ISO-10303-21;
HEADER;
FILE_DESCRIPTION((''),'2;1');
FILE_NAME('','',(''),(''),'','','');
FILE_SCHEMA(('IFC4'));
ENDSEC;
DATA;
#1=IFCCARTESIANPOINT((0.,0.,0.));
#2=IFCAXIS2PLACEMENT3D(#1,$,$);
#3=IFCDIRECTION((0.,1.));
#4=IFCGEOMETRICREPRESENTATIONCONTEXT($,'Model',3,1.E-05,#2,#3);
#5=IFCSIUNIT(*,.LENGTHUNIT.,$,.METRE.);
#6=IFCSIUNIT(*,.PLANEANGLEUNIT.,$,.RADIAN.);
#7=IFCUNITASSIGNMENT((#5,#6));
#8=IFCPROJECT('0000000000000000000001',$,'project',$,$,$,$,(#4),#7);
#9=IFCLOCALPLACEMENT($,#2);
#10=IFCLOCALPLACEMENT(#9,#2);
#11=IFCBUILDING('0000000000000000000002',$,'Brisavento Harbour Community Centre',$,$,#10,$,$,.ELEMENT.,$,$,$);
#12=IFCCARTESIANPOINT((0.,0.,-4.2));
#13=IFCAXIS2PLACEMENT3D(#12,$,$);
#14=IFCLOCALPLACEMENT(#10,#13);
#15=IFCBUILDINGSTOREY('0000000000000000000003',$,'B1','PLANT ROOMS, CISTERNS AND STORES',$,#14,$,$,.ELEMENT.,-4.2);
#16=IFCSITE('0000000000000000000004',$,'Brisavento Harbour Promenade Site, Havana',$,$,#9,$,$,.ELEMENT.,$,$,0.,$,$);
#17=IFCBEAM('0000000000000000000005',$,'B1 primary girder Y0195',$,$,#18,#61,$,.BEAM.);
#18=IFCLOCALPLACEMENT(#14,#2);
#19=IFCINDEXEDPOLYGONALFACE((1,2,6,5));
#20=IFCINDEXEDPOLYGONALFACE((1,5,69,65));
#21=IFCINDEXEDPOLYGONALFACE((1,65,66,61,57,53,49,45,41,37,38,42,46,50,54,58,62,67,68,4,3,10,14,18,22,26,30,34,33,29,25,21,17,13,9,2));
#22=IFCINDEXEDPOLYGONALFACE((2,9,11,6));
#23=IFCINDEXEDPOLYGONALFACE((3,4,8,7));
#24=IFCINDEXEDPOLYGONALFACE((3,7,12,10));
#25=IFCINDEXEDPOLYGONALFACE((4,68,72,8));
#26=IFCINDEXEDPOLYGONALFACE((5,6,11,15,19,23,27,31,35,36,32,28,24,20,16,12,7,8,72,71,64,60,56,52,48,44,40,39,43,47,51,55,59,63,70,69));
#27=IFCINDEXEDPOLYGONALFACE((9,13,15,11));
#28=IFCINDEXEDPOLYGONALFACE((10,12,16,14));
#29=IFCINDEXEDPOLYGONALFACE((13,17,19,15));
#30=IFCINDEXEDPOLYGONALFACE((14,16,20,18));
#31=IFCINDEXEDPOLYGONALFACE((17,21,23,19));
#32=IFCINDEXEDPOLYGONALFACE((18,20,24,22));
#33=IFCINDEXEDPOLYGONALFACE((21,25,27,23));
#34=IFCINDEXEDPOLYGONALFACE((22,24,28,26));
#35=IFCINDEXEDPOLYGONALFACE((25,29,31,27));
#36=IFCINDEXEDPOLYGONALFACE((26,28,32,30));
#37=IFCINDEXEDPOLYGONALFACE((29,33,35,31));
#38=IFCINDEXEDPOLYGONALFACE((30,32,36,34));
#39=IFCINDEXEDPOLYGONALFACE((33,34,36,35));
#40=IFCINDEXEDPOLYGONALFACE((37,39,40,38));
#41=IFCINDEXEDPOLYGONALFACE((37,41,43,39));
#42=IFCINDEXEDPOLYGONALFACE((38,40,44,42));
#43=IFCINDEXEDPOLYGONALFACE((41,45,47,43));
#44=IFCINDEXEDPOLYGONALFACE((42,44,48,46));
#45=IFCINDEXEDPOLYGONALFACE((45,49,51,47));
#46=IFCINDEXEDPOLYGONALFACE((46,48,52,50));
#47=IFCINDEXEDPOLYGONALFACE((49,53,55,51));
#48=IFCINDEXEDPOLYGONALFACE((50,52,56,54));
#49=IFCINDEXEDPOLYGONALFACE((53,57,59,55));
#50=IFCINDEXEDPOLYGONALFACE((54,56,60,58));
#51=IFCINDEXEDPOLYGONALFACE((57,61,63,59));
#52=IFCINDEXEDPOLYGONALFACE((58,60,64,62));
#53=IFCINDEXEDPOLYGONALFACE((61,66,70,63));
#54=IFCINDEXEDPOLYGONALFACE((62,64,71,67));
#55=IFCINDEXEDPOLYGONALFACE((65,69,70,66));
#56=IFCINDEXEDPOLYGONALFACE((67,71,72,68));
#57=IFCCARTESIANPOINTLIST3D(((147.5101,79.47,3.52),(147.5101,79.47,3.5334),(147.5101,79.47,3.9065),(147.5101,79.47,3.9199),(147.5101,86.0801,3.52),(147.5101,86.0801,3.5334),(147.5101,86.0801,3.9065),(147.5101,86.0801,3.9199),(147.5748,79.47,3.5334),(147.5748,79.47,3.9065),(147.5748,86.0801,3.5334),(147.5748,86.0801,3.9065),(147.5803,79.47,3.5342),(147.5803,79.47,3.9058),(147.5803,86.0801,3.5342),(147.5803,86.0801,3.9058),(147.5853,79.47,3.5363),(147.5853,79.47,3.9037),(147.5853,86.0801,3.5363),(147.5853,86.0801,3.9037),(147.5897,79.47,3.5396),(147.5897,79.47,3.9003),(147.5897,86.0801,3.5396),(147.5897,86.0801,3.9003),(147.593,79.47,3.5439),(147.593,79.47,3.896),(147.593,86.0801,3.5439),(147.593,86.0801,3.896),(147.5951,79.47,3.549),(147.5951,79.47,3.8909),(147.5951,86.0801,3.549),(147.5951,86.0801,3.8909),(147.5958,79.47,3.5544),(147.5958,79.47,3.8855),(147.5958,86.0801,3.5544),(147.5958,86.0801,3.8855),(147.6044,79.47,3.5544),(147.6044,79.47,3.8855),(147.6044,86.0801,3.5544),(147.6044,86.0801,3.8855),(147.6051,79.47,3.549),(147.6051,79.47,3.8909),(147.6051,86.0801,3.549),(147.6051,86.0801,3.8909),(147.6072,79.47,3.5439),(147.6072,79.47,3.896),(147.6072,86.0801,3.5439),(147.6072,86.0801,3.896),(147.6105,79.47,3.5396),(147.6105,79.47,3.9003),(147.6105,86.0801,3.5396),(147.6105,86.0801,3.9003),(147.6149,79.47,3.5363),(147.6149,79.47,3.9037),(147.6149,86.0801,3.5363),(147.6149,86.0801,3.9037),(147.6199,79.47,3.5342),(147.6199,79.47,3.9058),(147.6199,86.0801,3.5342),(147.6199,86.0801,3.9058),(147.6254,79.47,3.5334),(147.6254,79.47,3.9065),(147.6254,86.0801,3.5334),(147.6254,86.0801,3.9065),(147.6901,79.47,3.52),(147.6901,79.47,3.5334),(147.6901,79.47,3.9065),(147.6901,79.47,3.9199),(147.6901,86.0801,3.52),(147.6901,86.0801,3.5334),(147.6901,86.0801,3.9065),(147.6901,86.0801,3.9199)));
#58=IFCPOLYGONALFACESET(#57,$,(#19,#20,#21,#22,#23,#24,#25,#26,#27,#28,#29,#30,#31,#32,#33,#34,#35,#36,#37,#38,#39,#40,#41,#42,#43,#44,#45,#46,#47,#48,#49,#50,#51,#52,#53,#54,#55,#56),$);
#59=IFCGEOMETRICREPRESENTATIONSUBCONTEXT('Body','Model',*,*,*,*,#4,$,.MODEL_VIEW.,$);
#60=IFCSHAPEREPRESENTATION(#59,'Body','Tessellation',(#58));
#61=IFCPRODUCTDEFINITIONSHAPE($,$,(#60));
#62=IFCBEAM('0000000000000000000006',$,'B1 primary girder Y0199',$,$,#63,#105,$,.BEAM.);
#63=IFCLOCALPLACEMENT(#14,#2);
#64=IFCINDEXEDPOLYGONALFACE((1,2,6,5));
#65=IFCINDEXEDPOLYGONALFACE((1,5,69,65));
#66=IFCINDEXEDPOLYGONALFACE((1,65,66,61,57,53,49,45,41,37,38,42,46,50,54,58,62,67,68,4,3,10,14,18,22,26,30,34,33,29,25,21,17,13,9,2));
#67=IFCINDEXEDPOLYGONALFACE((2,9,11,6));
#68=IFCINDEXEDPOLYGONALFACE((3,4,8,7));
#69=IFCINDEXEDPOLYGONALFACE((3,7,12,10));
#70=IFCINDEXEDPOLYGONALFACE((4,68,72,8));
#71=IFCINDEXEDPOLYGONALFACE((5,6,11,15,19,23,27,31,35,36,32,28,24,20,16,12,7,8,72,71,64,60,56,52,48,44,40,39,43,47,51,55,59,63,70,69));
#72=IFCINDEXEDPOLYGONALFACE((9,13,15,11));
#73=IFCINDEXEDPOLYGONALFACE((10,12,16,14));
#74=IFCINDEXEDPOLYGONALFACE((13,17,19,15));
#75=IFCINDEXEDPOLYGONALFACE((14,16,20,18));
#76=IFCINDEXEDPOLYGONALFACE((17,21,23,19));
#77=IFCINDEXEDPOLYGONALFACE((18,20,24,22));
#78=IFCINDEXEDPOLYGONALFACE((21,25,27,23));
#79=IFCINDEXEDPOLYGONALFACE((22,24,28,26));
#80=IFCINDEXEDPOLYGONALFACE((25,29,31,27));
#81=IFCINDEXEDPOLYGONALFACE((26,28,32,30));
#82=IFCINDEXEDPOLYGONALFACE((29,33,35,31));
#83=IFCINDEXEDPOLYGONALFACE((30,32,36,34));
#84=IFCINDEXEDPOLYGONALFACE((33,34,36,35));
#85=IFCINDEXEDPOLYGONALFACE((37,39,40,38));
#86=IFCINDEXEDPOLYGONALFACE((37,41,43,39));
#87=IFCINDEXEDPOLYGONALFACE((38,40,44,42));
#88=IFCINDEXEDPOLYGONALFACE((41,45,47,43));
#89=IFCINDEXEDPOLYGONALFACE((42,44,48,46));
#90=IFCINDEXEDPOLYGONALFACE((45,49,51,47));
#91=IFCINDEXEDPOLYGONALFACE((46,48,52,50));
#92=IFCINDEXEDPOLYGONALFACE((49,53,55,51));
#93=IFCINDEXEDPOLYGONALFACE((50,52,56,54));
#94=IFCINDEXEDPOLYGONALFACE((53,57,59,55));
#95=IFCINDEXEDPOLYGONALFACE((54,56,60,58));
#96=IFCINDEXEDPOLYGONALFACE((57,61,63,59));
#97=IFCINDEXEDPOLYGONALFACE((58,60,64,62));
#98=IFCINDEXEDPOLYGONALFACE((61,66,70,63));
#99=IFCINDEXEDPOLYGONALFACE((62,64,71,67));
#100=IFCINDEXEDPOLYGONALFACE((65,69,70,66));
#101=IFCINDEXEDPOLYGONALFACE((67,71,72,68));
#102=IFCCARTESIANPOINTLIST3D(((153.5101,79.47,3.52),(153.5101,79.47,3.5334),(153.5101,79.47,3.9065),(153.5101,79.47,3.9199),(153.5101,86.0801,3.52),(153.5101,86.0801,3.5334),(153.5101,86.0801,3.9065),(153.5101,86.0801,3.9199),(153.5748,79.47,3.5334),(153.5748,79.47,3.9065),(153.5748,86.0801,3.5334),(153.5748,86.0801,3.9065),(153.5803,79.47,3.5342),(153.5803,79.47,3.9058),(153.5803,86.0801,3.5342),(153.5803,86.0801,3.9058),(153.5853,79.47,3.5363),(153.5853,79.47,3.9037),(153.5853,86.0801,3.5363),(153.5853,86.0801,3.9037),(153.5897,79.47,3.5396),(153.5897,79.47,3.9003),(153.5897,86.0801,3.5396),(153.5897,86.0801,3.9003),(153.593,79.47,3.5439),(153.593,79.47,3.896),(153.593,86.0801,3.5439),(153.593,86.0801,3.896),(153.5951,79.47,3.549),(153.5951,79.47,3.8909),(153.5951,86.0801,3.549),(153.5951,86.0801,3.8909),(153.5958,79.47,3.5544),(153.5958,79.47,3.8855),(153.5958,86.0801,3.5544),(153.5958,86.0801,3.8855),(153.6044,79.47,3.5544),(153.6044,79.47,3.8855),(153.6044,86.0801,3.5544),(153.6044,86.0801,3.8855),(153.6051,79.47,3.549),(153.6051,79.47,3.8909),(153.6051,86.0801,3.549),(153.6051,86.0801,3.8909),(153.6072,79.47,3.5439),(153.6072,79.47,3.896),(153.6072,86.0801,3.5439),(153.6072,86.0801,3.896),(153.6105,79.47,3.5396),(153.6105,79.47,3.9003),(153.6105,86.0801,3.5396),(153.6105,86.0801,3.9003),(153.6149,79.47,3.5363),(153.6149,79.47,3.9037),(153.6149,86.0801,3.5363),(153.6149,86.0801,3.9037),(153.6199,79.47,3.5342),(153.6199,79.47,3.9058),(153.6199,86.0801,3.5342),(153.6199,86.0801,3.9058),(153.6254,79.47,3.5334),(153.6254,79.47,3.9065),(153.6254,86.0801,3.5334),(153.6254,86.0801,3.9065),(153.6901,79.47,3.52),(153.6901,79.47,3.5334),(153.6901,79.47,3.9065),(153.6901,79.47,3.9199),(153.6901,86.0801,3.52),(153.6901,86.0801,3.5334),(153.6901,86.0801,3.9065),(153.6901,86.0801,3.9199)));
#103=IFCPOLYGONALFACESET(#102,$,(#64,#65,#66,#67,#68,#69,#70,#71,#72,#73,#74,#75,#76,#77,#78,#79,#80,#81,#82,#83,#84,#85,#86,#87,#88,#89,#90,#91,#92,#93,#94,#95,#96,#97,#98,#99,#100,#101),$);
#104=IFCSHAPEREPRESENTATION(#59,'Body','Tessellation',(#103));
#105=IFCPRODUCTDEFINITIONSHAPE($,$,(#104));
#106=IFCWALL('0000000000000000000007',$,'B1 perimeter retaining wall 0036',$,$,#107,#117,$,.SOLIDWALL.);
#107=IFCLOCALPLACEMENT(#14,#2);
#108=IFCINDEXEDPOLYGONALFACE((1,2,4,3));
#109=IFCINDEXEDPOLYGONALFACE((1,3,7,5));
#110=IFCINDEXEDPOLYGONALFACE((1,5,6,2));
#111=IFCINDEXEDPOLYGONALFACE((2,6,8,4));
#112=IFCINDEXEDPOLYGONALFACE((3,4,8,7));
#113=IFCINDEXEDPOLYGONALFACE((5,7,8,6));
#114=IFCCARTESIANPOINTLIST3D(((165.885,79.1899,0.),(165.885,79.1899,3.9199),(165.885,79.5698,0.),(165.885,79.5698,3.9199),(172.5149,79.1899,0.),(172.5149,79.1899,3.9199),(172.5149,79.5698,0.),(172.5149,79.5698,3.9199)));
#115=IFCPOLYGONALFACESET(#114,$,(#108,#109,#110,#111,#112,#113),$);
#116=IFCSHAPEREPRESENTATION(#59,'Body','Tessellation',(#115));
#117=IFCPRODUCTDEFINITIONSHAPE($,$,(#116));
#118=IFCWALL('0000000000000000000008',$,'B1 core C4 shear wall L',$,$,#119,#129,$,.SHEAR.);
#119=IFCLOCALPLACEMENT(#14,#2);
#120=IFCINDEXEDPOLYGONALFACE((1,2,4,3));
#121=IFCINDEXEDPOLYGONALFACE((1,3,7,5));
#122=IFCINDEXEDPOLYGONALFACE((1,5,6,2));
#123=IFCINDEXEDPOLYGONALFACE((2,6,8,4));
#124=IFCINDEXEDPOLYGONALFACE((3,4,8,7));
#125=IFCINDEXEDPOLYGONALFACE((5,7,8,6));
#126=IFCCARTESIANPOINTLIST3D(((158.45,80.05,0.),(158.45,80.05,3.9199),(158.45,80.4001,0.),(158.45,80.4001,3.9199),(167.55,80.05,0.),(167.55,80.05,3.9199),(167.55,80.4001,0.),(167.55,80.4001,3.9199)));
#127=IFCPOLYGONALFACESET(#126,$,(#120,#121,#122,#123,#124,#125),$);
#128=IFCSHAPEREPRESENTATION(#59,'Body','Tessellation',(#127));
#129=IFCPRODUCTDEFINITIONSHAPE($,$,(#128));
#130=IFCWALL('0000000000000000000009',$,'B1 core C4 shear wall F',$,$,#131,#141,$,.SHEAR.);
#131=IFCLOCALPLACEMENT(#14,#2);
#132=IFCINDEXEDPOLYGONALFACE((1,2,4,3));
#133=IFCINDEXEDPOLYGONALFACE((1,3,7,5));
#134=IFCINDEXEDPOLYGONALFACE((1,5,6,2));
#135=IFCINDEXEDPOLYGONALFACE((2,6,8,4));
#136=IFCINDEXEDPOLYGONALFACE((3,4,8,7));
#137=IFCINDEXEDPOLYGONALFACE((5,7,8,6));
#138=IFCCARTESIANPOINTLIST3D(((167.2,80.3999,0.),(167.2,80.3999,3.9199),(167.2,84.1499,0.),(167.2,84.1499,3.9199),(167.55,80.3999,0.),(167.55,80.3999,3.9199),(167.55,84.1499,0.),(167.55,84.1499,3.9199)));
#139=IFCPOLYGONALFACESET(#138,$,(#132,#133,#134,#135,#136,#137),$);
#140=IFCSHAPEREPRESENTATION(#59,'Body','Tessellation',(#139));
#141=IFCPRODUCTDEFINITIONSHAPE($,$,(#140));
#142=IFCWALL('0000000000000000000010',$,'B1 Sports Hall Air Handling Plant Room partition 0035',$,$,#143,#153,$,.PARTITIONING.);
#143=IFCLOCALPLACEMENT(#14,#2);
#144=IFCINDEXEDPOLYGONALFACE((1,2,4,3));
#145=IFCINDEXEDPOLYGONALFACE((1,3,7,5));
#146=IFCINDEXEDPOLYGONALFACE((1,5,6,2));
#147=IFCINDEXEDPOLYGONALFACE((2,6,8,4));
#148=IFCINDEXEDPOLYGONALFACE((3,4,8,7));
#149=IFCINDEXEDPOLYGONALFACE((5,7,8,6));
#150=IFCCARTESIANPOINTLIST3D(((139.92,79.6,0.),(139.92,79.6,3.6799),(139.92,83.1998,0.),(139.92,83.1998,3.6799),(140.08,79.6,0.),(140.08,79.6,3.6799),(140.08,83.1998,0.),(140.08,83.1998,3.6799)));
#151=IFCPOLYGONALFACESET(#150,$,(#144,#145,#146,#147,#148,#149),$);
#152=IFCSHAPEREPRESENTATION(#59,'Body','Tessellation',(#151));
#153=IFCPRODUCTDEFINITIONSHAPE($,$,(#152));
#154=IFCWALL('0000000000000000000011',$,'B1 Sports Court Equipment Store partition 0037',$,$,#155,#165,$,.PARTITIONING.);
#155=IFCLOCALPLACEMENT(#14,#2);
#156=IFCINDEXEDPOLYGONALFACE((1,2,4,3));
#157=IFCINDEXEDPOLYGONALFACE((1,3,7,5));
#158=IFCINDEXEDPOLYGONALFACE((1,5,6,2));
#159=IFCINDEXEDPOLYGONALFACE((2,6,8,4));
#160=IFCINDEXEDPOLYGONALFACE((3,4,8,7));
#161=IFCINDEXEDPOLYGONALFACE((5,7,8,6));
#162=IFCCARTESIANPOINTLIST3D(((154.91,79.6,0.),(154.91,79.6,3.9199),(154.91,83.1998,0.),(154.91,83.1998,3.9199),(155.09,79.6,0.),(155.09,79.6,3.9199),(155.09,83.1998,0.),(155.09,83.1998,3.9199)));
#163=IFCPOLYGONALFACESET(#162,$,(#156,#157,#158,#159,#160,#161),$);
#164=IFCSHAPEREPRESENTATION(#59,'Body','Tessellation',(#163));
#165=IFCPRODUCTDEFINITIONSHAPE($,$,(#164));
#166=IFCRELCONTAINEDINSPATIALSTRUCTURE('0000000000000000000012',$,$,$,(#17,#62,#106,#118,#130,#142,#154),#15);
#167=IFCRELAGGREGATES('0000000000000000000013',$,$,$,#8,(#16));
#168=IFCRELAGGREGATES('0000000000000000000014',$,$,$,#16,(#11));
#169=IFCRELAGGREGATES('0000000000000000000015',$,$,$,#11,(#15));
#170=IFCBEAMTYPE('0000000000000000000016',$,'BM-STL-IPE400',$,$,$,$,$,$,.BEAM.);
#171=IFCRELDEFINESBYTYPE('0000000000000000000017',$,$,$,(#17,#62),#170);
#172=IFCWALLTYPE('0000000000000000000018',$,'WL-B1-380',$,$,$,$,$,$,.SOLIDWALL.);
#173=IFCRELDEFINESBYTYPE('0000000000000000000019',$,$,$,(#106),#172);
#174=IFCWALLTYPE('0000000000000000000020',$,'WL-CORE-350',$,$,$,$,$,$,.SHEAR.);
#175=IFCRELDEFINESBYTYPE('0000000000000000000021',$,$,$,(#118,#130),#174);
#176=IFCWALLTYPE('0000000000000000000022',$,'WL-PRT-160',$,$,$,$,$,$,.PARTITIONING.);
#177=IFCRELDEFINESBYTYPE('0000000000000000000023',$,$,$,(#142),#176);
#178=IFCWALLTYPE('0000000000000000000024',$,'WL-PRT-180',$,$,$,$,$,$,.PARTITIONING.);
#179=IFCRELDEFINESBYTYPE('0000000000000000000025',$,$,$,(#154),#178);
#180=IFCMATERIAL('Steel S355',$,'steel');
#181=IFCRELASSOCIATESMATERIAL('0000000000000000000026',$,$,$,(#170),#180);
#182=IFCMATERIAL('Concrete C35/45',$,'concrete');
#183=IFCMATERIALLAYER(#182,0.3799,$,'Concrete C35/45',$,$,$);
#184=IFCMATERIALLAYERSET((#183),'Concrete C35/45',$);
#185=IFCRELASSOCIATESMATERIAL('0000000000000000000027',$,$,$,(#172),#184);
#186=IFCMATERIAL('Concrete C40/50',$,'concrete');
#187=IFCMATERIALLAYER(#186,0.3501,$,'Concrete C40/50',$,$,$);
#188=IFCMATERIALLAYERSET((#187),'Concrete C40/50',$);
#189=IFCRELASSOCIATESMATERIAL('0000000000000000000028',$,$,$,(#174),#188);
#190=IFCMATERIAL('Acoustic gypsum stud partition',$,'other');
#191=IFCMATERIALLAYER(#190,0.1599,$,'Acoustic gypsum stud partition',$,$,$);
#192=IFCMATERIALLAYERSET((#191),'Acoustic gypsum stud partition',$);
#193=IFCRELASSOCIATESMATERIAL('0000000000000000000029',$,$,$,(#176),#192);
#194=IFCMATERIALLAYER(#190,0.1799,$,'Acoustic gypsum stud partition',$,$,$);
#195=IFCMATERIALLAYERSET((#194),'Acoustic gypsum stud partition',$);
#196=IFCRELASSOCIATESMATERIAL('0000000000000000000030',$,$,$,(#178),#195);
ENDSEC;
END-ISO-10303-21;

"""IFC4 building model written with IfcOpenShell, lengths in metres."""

from ifc_helpers import new_model, si_unit, direction, frame, frame_2d, origin, origin_2d, place, context, subcontext, project, spatial, rectangle, i_section, extrude, material, layer, layer_set, material_profile, profile_set, type_object, element, save


model = new_model("IFC4")

# Units and contexts
model_context = context("Model", 3, precision=1e-05, world=origin(), true_north=direction((0.0, 1.0)))
body_context = subcontext(model_context, "Body", "Model", "MODEL_VIEW")
ifc_project = project(units=[si_unit("LENGTHUNIT", "METRE"), si_unit("PLANEANGLEUNIT", "RADIAN")], contexts=[model_context])

# Site, building, storey
site_placement = place(None, origin())
site = spatial("IfcSite", under=ifc_project, at=site_placement, Name="Brisavento Harbour Promenade Site, Havana", CompositionType="ELEMENT", RefElevation=0.0)
building_placement = place(site_placement, origin())
building = spatial("IfcBuilding", under=site, at=building_placement, Name="Brisavento Harbour Community Centre", CompositionType="ELEMENT")
storey_placement = place(building_placement, frame((0.0, 0.0, -4.2)))
storey = spatial("IfcBuildingStorey", under=building, at=storey_placement, Name="B1", Description="PLANT ROOMS, CISTERNS AND STORES", CompositionType="ELEMENT", Elevation=-4.2)

# Shared definitions
ifc_material_1 = material(Name="Concrete C35/45", Category="concrete")

# Beams
ifc_material_2 = material(Name="Steel S355", Category="steel")
ifc_material_profile_1 = material_profile(ifc_material_2, i_section(OverallWidth=0.1799, OverallDepth=0.3999, WebThickness=0.0085, FlangeThickness=0.0134, FilletRadius=0.021, at=origin_2d()), Name="Steel S355")
ifc_profile_set_1 = profile_set([ifc_material_profile_1], Name="Steel S355")
beam_type_1 = type_object("IfcBeamType", Name="BM-STL-IPE400", PredefinedType="BEAM", material=ifc_profile_set_1)
for number, where, z_axis, x_axis, name in (
    (1, (147.6001, 79.47, 3.72), (0.0, 1.0, 0.0), (-1.0, 0.0, 0.0), "B1 primary girder Y0195"),
    (2, (153.6001, 79.47, 3.72), (0.0, 1.0, 0.0), (-1.0, 0.0, 0.0), "B1 primary girder Y0199"),
):
    element("IfcBeam", number, at=place(storey_placement, frame(where, z_axis=z_axis, x_axis=x_axis)), inside=storey, type_object=beam_type_1, Name=name, PredefinedType="BEAM", context=body_context, shape_type="SweptSolid", body=[
        extrude(i_section(OverallWidth=0.1799, OverallDepth=0.3999, WebThickness=0.0085, FlangeThickness=0.0134, FilletRadius=0.021, at=origin_2d()), origin(), (0.0, 0.0, 1.0), 6.6101),
    ])

# Walls
ifc_layer_1 = layer(ifc_material_1, 0.3799, Name="Concrete C35/45")
ifc_layer_set_1 = layer_set([ifc_layer_1], Name="Concrete C35/45")
wall_type_1 = type_object("IfcWallType", Name="WL-B1-380", PredefinedType="SOLIDWALL", material=ifc_layer_set_1)
wall_1_placement = place(storey_placement, frame((172.5149, 79.3799, 0.0), z_axis=(0.0, 0.0, 1.0), x_axis=(-1.0, 0.0, 0.0)))
element("IfcWall", 3, at=wall_1_placement, inside=storey, type_object=wall_type_1, Name="B1 perimeter retaining wall 0036", PredefinedType="SOLIDWALL", context=body_context, shape_type="SweptSolid", body=[
    extrude(rectangle(XDim=6.6299, YDim=0.3799, at=frame_2d((3.3149, 0.0))), origin(), (0.0, 0.0, 1.0), 3.9199),
])
ifc_material_3 = material(Name="Concrete C40/50", Category="concrete")
ifc_layer_2 = layer(ifc_material_3, 0.3501, Name="Concrete C40/50")
ifc_layer_set_2 = layer_set([ifc_layer_2], Name="Concrete C40/50")
wall_type_2 = type_object("IfcWallType", Name="WL-CORE-350", PredefinedType="SHEAR", material=ifc_layer_set_2)
wall_2_placement = place(storey_placement, frame((158.45, 80.2251, 0.0), z_axis=(0.0, 0.0, 1.0), x_axis=(1.0, 0.0, 0.0)))
element("IfcWall", 4, at=wall_2_placement, inside=storey, type_object=wall_type_2, Name="B1 core C4 shear wall L", PredefinedType="SHEAR", context=body_context, shape_type="SweptSolid", body=[
    extrude(rectangle(XDim=9.1001, YDim=0.3501, at=frame_2d((4.55, 0.0))), origin(), (0.0, 0.0, 1.0), 3.9199),
])
wall_3_placement = place(storey_placement, frame((167.375, 80.3999, 0.0), z_axis=(0.0, 0.0, 1.0), x_axis=(0.0, 1.0, 0.0)))
element("IfcWall", 5, at=wall_3_placement, inside=storey, type_object=wall_type_2, Name="B1 core C4 shear wall F", PredefinedType="SHEAR", context=body_context, shape_type="SweptSolid", body=[
    extrude(rectangle(XDim=3.75, YDim=0.3501, at=frame_2d((1.875, 0.0))), origin(), (0.0, 0.0, 1.0), 3.9199),
])
ifc_material_4 = material(Name="Acoustic gypsum stud partition", Category="other")
ifc_layer_3 = layer(ifc_material_4, 0.1599, Name="Acoustic gypsum stud partition")
ifc_layer_set_3 = layer_set([ifc_layer_3], Name="Acoustic gypsum stud partition")
wall_type_3 = type_object("IfcWallType", Name="WL-PRT-160", PredefinedType="PARTITIONING", material=ifc_layer_set_3)
wall_4_placement = place(storey_placement, frame((140.0, 79.6001, 0.0), z_axis=(0.0, 0.0, 1.0), x_axis=(0.0, 1.0, 0.0)))
element("IfcWall", 6, at=wall_4_placement, inside=storey, type_object=wall_type_3, Name="B1 Sports Hall Air Handling Plant Room partition 0035", PredefinedType="PARTITIONING", context=body_context, shape_type="SweptSolid", body=[
    extrude(rectangle(XDim=3.5999, YDim=0.1599, at=frame_2d((1.7998, 0.0))), origin(), (0.0, 0.0, 1.0), 3.6799),
])
ifc_layer_4 = layer(ifc_material_4, 0.1799, Name="Acoustic gypsum stud partition")
ifc_layer_set_4 = layer_set([ifc_layer_4], Name="Acoustic gypsum stud partition")
wall_type_4 = type_object("IfcWallType", Name="WL-PRT-180", PredefinedType="PARTITIONING", material=ifc_layer_set_4)
wall_5_placement = place(storey_placement, frame((155.0, 79.6001, 0.0), z_axis=(0.0, 0.0, 1.0), x_axis=(0.0, 1.0, 0.0)))
element("IfcWall", 7, at=wall_5_placement, inside=storey, type_object=wall_type_4, Name="B1 Sports Court Equipment Store partition 0037", PredefinedType="PARTITIONING", context=body_context, shape_type="SweptSolid", body=[
    extrude(rectangle(XDim=3.5999, YDim=0.1799, at=frame_2d((1.7998, 0.0))), origin(), (0.0, 0.0, 1.0), 3.9199),
])

save(model, "model.ifc")
